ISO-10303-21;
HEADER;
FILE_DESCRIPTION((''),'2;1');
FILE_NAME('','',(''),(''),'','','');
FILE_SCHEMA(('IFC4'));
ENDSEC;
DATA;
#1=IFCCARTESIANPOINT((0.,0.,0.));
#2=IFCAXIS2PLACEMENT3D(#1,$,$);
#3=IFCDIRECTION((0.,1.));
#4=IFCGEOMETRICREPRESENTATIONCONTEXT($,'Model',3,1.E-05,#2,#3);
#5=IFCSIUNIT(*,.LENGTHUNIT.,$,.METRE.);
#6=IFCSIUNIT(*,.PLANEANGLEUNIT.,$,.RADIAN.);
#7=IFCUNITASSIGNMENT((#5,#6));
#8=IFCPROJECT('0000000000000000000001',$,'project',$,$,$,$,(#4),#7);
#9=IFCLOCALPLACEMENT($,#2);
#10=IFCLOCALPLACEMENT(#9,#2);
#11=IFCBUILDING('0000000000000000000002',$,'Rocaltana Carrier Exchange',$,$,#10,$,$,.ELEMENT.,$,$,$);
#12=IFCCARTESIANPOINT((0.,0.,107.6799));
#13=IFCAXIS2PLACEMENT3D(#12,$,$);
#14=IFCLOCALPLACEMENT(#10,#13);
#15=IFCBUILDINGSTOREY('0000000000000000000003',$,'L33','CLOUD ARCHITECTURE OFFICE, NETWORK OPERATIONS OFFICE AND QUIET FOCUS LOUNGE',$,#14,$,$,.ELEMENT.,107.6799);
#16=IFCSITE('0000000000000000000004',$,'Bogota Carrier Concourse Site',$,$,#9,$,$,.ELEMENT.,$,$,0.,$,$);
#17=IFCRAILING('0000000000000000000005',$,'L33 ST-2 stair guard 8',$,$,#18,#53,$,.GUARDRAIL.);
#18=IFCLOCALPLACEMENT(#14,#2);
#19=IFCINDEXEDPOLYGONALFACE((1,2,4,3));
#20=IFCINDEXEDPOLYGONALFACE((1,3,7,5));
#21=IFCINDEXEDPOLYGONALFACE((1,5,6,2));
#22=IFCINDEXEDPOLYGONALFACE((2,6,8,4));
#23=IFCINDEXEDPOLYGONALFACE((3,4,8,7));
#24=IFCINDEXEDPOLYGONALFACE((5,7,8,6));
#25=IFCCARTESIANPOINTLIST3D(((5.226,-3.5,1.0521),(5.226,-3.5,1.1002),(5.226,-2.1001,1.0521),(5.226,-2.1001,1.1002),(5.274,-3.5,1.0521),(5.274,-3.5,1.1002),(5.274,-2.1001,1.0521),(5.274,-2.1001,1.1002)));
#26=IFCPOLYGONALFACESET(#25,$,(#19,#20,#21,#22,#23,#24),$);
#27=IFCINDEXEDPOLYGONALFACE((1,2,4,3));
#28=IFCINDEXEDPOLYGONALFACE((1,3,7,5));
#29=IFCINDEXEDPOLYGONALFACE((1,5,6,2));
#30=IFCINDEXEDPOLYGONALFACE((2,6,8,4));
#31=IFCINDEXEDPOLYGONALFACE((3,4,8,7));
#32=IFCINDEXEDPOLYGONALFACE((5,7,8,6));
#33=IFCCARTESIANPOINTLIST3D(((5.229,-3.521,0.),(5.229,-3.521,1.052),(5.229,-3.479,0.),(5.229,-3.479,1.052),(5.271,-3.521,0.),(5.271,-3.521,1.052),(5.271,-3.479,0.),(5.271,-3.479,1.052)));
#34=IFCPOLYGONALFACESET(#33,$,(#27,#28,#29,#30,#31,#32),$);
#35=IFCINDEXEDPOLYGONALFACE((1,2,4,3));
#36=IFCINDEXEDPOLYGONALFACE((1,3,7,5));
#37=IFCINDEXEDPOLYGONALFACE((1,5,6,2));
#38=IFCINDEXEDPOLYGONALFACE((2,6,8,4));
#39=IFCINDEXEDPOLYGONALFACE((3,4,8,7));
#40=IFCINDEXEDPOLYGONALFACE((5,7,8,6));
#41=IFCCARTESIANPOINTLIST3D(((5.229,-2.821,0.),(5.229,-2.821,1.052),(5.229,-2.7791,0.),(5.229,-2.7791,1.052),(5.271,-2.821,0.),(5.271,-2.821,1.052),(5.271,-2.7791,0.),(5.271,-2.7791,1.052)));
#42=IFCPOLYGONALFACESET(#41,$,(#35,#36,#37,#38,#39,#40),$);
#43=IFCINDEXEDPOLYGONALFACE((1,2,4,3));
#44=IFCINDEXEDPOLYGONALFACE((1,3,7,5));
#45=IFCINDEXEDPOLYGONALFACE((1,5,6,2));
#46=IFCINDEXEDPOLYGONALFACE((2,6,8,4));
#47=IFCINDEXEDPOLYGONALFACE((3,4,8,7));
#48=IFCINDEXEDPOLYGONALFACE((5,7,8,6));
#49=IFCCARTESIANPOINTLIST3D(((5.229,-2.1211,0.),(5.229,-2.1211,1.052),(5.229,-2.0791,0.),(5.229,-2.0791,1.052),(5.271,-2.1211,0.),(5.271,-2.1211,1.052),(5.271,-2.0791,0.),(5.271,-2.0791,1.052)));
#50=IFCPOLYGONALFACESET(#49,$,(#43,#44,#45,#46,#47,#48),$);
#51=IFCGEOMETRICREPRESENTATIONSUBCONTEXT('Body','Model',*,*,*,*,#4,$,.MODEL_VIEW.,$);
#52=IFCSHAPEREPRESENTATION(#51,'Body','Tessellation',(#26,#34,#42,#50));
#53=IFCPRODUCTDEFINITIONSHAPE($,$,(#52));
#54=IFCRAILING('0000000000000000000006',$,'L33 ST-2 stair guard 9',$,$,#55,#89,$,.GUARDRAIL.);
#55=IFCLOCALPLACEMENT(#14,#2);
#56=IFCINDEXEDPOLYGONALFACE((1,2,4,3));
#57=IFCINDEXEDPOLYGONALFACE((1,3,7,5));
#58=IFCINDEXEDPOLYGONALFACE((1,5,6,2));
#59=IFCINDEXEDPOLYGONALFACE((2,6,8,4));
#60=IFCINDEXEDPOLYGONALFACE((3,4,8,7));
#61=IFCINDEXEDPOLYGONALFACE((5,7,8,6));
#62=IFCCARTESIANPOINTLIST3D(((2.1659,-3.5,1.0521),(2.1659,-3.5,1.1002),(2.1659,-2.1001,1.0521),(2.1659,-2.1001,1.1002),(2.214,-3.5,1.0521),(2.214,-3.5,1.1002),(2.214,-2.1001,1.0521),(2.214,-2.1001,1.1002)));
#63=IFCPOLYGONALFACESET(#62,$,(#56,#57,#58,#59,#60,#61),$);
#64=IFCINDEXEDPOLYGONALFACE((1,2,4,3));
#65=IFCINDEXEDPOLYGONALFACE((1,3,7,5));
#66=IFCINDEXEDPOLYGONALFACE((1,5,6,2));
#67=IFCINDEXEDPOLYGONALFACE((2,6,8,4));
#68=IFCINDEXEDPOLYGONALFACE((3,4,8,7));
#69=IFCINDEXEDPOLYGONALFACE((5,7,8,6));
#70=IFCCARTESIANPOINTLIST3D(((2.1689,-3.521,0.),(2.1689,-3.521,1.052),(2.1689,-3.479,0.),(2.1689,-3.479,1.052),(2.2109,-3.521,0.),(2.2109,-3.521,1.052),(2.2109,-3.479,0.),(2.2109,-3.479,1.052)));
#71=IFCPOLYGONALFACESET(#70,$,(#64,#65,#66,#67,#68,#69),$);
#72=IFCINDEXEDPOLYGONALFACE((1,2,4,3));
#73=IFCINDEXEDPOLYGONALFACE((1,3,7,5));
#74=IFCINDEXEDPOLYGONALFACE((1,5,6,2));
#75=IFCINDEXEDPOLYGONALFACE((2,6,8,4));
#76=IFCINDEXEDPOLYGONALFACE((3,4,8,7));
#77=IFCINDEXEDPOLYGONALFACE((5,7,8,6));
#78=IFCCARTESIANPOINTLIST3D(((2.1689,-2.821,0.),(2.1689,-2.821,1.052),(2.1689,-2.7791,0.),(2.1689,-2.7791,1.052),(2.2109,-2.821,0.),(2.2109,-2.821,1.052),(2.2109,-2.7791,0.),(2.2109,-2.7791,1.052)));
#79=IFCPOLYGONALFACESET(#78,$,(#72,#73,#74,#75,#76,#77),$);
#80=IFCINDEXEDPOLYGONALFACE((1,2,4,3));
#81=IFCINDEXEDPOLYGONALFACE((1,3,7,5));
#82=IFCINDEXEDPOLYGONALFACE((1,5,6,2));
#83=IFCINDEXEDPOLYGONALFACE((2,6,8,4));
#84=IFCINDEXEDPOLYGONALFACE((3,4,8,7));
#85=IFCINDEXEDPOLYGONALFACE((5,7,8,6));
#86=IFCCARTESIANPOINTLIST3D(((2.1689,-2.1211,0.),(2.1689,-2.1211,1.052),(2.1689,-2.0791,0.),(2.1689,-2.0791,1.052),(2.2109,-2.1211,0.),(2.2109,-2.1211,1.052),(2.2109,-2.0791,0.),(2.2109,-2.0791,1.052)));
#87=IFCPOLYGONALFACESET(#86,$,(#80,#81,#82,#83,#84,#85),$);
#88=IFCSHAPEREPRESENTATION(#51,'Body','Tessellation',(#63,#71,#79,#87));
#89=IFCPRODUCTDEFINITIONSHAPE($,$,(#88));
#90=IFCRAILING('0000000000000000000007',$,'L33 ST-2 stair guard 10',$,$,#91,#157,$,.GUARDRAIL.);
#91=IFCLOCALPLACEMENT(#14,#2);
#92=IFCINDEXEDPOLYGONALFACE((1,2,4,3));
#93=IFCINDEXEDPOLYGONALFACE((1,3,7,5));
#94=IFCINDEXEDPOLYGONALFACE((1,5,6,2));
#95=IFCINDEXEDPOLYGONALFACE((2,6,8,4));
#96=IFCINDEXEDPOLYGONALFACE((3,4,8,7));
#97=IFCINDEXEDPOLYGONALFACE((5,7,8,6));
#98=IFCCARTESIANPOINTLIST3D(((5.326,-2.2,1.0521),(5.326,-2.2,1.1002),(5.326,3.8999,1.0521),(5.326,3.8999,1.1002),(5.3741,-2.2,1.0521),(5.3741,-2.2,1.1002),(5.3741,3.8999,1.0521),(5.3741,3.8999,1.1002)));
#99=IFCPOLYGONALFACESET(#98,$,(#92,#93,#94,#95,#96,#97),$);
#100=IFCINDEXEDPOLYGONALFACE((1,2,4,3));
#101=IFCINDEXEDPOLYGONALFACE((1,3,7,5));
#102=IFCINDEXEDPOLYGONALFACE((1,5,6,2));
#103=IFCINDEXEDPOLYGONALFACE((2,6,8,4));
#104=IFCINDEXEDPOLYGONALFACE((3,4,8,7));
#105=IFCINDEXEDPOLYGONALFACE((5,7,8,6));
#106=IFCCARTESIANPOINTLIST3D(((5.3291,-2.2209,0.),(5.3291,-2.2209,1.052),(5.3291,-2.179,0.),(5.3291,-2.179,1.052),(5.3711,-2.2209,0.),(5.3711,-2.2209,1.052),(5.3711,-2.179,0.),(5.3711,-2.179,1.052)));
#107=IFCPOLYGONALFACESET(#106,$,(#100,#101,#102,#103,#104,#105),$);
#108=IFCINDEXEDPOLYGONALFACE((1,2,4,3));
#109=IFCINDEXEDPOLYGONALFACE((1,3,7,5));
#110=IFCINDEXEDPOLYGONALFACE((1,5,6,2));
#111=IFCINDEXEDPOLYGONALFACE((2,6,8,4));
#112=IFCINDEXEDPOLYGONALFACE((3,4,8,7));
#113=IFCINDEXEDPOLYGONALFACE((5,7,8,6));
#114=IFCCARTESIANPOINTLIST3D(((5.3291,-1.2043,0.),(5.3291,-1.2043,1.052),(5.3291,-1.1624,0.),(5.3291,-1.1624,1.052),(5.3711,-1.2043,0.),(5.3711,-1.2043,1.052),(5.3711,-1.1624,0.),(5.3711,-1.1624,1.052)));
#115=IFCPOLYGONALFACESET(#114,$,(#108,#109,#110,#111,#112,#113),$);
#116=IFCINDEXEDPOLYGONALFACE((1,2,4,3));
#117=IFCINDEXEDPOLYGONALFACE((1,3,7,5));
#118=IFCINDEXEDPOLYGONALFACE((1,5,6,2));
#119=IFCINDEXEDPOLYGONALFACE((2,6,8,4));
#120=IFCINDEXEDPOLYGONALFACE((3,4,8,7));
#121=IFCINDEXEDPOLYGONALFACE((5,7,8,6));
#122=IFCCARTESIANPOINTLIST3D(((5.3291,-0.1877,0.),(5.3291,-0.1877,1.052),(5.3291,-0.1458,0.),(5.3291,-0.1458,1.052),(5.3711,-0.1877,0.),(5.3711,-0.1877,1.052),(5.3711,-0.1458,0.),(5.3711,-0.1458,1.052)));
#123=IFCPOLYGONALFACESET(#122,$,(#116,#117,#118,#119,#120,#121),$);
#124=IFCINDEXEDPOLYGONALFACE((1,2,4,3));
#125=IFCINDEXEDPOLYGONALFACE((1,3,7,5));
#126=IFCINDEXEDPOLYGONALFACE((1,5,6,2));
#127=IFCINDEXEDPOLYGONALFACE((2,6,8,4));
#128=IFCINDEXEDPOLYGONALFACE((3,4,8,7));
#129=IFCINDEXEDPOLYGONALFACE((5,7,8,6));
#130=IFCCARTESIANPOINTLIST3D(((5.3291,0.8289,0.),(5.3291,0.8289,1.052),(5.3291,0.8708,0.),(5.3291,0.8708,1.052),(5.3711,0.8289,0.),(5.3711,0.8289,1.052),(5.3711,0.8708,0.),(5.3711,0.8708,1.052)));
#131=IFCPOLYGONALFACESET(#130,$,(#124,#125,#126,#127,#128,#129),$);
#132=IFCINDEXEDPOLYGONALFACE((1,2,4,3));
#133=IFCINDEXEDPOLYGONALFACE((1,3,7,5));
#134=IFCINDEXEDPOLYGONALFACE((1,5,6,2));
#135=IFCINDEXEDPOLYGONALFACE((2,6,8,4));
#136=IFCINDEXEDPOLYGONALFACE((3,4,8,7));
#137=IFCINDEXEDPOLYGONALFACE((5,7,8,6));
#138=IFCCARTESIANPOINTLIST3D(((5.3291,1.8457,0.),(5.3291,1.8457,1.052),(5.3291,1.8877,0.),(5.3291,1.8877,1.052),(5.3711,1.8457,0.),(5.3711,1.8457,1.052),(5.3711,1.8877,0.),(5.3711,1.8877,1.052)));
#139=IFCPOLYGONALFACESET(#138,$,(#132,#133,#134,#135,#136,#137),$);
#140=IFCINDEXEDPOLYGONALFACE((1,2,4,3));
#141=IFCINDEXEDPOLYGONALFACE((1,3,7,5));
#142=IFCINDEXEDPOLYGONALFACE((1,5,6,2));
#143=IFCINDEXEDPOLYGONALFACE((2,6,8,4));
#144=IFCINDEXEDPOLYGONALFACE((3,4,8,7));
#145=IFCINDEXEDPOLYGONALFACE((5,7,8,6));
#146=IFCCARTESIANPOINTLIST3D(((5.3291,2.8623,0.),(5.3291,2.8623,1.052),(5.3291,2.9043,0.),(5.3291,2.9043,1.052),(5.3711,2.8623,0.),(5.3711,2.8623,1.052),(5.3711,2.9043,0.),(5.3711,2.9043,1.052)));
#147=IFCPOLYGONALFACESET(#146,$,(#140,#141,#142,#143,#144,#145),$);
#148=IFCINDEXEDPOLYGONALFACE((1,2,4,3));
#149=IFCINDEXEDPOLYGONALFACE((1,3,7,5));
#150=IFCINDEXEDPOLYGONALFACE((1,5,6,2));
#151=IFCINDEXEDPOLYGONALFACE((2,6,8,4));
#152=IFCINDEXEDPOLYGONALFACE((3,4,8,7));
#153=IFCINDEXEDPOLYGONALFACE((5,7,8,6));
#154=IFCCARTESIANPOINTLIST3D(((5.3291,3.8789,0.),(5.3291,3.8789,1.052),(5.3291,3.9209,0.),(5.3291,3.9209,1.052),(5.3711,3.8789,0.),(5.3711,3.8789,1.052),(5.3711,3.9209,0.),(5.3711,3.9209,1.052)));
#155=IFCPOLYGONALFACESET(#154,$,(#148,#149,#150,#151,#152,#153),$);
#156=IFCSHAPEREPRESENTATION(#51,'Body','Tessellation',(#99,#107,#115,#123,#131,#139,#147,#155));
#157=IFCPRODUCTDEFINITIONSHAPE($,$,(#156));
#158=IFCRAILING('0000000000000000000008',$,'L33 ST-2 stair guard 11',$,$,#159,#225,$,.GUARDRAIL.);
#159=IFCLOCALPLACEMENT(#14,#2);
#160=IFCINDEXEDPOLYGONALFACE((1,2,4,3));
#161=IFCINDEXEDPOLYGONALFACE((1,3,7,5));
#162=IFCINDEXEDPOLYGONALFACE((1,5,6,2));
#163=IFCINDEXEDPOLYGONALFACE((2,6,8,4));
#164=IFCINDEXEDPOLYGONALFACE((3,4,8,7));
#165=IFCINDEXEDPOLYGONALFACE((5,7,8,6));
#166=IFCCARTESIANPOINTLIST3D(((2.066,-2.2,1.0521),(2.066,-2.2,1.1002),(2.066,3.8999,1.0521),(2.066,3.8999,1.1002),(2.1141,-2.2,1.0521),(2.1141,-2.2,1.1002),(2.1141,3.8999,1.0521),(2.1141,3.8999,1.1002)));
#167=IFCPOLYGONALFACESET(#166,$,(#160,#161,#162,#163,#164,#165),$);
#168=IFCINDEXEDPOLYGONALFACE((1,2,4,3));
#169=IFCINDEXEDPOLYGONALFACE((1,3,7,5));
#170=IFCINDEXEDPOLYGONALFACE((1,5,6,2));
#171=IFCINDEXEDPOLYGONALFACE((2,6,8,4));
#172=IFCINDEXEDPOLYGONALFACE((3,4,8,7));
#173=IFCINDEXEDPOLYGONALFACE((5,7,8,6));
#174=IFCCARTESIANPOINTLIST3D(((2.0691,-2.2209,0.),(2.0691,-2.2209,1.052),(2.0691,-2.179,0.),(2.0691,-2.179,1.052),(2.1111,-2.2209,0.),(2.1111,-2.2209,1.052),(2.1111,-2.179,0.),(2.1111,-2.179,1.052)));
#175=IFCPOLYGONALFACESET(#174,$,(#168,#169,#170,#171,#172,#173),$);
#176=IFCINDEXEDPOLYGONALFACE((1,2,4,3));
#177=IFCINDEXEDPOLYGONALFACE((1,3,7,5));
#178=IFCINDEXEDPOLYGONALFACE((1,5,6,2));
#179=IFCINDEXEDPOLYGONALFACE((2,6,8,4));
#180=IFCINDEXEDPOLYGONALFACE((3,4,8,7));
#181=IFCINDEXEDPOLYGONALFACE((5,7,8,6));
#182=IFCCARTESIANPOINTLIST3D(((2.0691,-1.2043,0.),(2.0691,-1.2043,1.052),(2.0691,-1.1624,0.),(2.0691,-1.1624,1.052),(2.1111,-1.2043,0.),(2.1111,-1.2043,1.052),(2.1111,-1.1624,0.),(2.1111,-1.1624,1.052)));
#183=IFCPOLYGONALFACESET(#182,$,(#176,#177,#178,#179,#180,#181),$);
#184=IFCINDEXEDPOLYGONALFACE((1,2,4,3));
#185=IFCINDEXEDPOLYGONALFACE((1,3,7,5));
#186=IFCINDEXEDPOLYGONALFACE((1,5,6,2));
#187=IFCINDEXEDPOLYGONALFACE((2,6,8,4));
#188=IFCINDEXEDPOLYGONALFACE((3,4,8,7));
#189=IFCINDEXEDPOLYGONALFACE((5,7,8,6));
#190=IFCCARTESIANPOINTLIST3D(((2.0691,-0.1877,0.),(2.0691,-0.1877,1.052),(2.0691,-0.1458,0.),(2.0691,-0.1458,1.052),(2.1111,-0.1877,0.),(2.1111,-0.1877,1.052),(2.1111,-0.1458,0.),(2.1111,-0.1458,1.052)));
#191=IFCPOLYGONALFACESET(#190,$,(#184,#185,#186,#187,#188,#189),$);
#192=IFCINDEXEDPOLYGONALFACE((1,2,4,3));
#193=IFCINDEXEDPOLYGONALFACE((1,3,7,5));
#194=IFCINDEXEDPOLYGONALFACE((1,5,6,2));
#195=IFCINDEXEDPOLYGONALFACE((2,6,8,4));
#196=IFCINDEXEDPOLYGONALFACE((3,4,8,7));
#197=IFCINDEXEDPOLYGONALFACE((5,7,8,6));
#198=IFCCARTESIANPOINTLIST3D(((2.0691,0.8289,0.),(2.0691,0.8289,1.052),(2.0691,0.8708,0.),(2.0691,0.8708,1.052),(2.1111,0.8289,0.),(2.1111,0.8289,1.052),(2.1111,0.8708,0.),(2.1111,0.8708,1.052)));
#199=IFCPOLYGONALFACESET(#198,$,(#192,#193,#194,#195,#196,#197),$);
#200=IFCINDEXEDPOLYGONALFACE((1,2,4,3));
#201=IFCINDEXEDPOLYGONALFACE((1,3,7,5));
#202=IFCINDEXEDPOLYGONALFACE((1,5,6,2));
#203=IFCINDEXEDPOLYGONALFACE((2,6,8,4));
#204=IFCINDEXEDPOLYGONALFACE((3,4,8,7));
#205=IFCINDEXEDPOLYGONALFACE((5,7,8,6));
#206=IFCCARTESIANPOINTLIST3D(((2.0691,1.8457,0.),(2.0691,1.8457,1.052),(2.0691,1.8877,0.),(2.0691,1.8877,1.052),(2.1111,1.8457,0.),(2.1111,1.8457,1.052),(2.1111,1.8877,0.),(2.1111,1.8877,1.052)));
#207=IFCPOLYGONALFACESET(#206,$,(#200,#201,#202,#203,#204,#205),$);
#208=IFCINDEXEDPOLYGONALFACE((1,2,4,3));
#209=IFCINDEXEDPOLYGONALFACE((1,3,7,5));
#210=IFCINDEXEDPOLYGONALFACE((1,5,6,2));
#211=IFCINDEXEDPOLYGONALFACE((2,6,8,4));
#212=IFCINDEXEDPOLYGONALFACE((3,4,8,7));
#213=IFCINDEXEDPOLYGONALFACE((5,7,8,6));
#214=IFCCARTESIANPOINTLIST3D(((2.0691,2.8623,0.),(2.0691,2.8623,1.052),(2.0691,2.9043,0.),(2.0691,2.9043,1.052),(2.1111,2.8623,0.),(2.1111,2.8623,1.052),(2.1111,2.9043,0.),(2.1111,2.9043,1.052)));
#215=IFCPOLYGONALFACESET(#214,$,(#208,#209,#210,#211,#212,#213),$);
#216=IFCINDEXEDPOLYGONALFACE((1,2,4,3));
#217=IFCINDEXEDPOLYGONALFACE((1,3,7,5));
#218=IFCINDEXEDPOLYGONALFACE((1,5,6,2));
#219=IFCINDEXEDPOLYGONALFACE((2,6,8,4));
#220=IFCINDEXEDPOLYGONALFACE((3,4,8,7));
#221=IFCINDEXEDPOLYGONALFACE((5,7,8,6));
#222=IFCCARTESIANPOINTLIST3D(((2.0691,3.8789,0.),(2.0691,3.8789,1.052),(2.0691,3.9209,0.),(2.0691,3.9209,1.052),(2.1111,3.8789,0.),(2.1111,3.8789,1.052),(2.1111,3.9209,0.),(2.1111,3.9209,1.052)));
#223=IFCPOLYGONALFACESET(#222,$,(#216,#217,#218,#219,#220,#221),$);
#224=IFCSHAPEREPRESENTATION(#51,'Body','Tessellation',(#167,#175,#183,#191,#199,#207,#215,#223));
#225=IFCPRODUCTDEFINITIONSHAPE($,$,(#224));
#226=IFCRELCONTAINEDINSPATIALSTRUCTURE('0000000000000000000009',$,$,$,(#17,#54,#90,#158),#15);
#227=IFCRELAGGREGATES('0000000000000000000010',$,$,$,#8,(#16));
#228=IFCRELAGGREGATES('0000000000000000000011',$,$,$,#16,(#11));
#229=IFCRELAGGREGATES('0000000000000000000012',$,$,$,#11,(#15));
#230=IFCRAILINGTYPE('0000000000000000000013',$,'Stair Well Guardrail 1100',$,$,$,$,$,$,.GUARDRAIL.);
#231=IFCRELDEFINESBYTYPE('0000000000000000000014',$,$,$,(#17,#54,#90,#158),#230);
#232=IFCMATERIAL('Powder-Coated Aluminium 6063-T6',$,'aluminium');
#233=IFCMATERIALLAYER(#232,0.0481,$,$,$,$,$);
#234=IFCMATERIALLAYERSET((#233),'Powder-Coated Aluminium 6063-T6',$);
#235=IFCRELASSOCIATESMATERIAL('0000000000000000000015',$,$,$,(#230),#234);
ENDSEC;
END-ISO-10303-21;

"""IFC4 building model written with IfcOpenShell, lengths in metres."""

from ifc_helpers import new_model, si_unit, direction, frame, origin, origin_2d, place, context, subcontext, project, spatial, rectangle, extrude, material, layer, layer_set, type_object, element, save


model = new_model("IFC4")

# Units and contexts
model_context = context("Model", 3, precision=1e-05, world=origin(), true_north=direction((0.0, 1.0)))
body_context = subcontext(model_context, "Body", "Model", "MODEL_VIEW")
ifc_project = project(units=[si_unit("LENGTHUNIT", "METRE"), si_unit("PLANEANGLEUNIT", "RADIAN")], contexts=[model_context])

# Site, building, storey
site_placement = place(None, origin())
site = spatial("IfcSite", under=ifc_project, at=site_placement, Name="Bogota Carrier Concourse Site", CompositionType="ELEMENT", RefElevation=0.0)
building_placement = place(site_placement, origin())
building = spatial("IfcBuilding", under=site, at=building_placement, Name="Rocaltana Carrier Exchange", CompositionType="ELEMENT")
storey_placement = place(building_placement, frame((0.0, 0.0, 107.6799)))
storey = spatial("IfcBuildingStorey", under=building, at=storey_placement, Name="L33", Description="CLOUD ARCHITECTURE OFFICE, NETWORK OPERATIONS OFFICE AND QUIET FOCUS LOUNGE", CompositionType="ELEMENT", Elevation=107.6799)

# Railings
ifc_material_1 = material(Name="Powder-Coated Aluminium 6063-T6", Category="aluminium")
ifc_layer_1 = layer(ifc_material_1, 0.0481)
ifc_layer_set_1 = layer_set([ifc_layer_1], Name="Powder-Coated Aluminium 6063-T6")
railing_type_1 = type_object("IfcRailingType", Name="Stair Well Guardrail 1100", PredefinedType="GUARDRAIL", material=ifc_layer_set_1)
for number, where, name in (
    (1, (5.25, -3.5, 0.0), "L33 ST-2 stair guard 8"),
    (2, (2.1899, -3.5, 0.0), "L33 ST-2 stair guard 9"),
):
    element("IfcRailing", number, at=place(storey_placement, frame(where)), inside=storey, type_object=railing_type_1, Name=name, PredefinedType="GUARDRAIL", context=body_context, shape_type="SweptSolid", body=[
        extrude(rectangle(XDim=0.0481, YDim=0.0481, at=origin_2d()), frame((0.0, 0.0, 1.0762), z_axis=(0.0, 1.0, 0.0), x_axis=(-1.0, 0.0, 0.0)), (0.0, 0.0, 1.0), 1.3999),
        extrude(rectangle(XDim=0.042, YDim=0.042, at=origin_2d()), origin(), (0.0, 0.0, 1.0), 1.052),
        extrude(rectangle(XDim=0.042, YDim=0.042, at=origin_2d()), frame((0.0, 0.7, 0.0)), (0.0, 0.0, 1.0), 1.052),
        extrude(rectangle(XDim=0.042, YDim=0.042, at=origin_2d()), frame((0.0, 1.3999, 0.0)), (0.0, 0.0, 1.0), 1.052),
    ])
for number, where, name in (
    (3, (5.3501, -2.2, 0.0), "L33 ST-2 stair guard 10"),
    (4, (2.0901, -2.2, 0.0), "L33 ST-2 stair guard 11"),
):
    element("IfcRailing", number, at=place(storey_placement, frame(where)), inside=storey, type_object=railing_type_1, Name=name, PredefinedType="GUARDRAIL", context=body_context, shape_type="SweptSolid", body=[
        extrude(rectangle(XDim=0.0481, YDim=0.0481, at=origin_2d()), frame((0.0, 0.0, 1.0762), z_axis=(0.0, 1.0, 0.0), x_axis=(-1.0, 0.0, 0.0)), (0.0, 0.0, 1.0), 6.0999),
        extrude(rectangle(XDim=0.042, YDim=0.042, at=origin_2d()), origin(), (0.0, 0.0, 1.0), 1.052),
        extrude(rectangle(XDim=0.042, YDim=0.042, at=origin_2d()), frame((0.0, 1.0166, 0.0)), (0.0, 0.0, 1.0), 1.052),
        extrude(rectangle(XDim=0.042, YDim=0.042, at=origin_2d()), frame((0.0, 2.0332, 0.0)), (0.0, 0.0, 1.0), 1.052),
        extrude(rectangle(XDim=0.042, YDim=0.042, at=origin_2d()), frame((0.0, 3.0498, 0.0)), (0.0, 0.0, 1.0), 1.052),
        extrude(rectangle(XDim=0.042, YDim=0.042, at=origin_2d()), frame((0.0, 4.0667, 0.0)), (0.0, 0.0, 1.0), 1.052),
        extrude(rectangle(XDim=0.042, YDim=0.042, at=origin_2d()), frame((0.0, 5.0833, 0.0)), (0.0, 0.0, 1.0), 1.052),
        extrude(rectangle(XDim=0.042, YDim=0.042, at=origin_2d()), frame((0.0, 6.0999, 0.0)), (0.0, 0.0, 1.0), 1.052),
    ])

save(model, "model.ifc")
